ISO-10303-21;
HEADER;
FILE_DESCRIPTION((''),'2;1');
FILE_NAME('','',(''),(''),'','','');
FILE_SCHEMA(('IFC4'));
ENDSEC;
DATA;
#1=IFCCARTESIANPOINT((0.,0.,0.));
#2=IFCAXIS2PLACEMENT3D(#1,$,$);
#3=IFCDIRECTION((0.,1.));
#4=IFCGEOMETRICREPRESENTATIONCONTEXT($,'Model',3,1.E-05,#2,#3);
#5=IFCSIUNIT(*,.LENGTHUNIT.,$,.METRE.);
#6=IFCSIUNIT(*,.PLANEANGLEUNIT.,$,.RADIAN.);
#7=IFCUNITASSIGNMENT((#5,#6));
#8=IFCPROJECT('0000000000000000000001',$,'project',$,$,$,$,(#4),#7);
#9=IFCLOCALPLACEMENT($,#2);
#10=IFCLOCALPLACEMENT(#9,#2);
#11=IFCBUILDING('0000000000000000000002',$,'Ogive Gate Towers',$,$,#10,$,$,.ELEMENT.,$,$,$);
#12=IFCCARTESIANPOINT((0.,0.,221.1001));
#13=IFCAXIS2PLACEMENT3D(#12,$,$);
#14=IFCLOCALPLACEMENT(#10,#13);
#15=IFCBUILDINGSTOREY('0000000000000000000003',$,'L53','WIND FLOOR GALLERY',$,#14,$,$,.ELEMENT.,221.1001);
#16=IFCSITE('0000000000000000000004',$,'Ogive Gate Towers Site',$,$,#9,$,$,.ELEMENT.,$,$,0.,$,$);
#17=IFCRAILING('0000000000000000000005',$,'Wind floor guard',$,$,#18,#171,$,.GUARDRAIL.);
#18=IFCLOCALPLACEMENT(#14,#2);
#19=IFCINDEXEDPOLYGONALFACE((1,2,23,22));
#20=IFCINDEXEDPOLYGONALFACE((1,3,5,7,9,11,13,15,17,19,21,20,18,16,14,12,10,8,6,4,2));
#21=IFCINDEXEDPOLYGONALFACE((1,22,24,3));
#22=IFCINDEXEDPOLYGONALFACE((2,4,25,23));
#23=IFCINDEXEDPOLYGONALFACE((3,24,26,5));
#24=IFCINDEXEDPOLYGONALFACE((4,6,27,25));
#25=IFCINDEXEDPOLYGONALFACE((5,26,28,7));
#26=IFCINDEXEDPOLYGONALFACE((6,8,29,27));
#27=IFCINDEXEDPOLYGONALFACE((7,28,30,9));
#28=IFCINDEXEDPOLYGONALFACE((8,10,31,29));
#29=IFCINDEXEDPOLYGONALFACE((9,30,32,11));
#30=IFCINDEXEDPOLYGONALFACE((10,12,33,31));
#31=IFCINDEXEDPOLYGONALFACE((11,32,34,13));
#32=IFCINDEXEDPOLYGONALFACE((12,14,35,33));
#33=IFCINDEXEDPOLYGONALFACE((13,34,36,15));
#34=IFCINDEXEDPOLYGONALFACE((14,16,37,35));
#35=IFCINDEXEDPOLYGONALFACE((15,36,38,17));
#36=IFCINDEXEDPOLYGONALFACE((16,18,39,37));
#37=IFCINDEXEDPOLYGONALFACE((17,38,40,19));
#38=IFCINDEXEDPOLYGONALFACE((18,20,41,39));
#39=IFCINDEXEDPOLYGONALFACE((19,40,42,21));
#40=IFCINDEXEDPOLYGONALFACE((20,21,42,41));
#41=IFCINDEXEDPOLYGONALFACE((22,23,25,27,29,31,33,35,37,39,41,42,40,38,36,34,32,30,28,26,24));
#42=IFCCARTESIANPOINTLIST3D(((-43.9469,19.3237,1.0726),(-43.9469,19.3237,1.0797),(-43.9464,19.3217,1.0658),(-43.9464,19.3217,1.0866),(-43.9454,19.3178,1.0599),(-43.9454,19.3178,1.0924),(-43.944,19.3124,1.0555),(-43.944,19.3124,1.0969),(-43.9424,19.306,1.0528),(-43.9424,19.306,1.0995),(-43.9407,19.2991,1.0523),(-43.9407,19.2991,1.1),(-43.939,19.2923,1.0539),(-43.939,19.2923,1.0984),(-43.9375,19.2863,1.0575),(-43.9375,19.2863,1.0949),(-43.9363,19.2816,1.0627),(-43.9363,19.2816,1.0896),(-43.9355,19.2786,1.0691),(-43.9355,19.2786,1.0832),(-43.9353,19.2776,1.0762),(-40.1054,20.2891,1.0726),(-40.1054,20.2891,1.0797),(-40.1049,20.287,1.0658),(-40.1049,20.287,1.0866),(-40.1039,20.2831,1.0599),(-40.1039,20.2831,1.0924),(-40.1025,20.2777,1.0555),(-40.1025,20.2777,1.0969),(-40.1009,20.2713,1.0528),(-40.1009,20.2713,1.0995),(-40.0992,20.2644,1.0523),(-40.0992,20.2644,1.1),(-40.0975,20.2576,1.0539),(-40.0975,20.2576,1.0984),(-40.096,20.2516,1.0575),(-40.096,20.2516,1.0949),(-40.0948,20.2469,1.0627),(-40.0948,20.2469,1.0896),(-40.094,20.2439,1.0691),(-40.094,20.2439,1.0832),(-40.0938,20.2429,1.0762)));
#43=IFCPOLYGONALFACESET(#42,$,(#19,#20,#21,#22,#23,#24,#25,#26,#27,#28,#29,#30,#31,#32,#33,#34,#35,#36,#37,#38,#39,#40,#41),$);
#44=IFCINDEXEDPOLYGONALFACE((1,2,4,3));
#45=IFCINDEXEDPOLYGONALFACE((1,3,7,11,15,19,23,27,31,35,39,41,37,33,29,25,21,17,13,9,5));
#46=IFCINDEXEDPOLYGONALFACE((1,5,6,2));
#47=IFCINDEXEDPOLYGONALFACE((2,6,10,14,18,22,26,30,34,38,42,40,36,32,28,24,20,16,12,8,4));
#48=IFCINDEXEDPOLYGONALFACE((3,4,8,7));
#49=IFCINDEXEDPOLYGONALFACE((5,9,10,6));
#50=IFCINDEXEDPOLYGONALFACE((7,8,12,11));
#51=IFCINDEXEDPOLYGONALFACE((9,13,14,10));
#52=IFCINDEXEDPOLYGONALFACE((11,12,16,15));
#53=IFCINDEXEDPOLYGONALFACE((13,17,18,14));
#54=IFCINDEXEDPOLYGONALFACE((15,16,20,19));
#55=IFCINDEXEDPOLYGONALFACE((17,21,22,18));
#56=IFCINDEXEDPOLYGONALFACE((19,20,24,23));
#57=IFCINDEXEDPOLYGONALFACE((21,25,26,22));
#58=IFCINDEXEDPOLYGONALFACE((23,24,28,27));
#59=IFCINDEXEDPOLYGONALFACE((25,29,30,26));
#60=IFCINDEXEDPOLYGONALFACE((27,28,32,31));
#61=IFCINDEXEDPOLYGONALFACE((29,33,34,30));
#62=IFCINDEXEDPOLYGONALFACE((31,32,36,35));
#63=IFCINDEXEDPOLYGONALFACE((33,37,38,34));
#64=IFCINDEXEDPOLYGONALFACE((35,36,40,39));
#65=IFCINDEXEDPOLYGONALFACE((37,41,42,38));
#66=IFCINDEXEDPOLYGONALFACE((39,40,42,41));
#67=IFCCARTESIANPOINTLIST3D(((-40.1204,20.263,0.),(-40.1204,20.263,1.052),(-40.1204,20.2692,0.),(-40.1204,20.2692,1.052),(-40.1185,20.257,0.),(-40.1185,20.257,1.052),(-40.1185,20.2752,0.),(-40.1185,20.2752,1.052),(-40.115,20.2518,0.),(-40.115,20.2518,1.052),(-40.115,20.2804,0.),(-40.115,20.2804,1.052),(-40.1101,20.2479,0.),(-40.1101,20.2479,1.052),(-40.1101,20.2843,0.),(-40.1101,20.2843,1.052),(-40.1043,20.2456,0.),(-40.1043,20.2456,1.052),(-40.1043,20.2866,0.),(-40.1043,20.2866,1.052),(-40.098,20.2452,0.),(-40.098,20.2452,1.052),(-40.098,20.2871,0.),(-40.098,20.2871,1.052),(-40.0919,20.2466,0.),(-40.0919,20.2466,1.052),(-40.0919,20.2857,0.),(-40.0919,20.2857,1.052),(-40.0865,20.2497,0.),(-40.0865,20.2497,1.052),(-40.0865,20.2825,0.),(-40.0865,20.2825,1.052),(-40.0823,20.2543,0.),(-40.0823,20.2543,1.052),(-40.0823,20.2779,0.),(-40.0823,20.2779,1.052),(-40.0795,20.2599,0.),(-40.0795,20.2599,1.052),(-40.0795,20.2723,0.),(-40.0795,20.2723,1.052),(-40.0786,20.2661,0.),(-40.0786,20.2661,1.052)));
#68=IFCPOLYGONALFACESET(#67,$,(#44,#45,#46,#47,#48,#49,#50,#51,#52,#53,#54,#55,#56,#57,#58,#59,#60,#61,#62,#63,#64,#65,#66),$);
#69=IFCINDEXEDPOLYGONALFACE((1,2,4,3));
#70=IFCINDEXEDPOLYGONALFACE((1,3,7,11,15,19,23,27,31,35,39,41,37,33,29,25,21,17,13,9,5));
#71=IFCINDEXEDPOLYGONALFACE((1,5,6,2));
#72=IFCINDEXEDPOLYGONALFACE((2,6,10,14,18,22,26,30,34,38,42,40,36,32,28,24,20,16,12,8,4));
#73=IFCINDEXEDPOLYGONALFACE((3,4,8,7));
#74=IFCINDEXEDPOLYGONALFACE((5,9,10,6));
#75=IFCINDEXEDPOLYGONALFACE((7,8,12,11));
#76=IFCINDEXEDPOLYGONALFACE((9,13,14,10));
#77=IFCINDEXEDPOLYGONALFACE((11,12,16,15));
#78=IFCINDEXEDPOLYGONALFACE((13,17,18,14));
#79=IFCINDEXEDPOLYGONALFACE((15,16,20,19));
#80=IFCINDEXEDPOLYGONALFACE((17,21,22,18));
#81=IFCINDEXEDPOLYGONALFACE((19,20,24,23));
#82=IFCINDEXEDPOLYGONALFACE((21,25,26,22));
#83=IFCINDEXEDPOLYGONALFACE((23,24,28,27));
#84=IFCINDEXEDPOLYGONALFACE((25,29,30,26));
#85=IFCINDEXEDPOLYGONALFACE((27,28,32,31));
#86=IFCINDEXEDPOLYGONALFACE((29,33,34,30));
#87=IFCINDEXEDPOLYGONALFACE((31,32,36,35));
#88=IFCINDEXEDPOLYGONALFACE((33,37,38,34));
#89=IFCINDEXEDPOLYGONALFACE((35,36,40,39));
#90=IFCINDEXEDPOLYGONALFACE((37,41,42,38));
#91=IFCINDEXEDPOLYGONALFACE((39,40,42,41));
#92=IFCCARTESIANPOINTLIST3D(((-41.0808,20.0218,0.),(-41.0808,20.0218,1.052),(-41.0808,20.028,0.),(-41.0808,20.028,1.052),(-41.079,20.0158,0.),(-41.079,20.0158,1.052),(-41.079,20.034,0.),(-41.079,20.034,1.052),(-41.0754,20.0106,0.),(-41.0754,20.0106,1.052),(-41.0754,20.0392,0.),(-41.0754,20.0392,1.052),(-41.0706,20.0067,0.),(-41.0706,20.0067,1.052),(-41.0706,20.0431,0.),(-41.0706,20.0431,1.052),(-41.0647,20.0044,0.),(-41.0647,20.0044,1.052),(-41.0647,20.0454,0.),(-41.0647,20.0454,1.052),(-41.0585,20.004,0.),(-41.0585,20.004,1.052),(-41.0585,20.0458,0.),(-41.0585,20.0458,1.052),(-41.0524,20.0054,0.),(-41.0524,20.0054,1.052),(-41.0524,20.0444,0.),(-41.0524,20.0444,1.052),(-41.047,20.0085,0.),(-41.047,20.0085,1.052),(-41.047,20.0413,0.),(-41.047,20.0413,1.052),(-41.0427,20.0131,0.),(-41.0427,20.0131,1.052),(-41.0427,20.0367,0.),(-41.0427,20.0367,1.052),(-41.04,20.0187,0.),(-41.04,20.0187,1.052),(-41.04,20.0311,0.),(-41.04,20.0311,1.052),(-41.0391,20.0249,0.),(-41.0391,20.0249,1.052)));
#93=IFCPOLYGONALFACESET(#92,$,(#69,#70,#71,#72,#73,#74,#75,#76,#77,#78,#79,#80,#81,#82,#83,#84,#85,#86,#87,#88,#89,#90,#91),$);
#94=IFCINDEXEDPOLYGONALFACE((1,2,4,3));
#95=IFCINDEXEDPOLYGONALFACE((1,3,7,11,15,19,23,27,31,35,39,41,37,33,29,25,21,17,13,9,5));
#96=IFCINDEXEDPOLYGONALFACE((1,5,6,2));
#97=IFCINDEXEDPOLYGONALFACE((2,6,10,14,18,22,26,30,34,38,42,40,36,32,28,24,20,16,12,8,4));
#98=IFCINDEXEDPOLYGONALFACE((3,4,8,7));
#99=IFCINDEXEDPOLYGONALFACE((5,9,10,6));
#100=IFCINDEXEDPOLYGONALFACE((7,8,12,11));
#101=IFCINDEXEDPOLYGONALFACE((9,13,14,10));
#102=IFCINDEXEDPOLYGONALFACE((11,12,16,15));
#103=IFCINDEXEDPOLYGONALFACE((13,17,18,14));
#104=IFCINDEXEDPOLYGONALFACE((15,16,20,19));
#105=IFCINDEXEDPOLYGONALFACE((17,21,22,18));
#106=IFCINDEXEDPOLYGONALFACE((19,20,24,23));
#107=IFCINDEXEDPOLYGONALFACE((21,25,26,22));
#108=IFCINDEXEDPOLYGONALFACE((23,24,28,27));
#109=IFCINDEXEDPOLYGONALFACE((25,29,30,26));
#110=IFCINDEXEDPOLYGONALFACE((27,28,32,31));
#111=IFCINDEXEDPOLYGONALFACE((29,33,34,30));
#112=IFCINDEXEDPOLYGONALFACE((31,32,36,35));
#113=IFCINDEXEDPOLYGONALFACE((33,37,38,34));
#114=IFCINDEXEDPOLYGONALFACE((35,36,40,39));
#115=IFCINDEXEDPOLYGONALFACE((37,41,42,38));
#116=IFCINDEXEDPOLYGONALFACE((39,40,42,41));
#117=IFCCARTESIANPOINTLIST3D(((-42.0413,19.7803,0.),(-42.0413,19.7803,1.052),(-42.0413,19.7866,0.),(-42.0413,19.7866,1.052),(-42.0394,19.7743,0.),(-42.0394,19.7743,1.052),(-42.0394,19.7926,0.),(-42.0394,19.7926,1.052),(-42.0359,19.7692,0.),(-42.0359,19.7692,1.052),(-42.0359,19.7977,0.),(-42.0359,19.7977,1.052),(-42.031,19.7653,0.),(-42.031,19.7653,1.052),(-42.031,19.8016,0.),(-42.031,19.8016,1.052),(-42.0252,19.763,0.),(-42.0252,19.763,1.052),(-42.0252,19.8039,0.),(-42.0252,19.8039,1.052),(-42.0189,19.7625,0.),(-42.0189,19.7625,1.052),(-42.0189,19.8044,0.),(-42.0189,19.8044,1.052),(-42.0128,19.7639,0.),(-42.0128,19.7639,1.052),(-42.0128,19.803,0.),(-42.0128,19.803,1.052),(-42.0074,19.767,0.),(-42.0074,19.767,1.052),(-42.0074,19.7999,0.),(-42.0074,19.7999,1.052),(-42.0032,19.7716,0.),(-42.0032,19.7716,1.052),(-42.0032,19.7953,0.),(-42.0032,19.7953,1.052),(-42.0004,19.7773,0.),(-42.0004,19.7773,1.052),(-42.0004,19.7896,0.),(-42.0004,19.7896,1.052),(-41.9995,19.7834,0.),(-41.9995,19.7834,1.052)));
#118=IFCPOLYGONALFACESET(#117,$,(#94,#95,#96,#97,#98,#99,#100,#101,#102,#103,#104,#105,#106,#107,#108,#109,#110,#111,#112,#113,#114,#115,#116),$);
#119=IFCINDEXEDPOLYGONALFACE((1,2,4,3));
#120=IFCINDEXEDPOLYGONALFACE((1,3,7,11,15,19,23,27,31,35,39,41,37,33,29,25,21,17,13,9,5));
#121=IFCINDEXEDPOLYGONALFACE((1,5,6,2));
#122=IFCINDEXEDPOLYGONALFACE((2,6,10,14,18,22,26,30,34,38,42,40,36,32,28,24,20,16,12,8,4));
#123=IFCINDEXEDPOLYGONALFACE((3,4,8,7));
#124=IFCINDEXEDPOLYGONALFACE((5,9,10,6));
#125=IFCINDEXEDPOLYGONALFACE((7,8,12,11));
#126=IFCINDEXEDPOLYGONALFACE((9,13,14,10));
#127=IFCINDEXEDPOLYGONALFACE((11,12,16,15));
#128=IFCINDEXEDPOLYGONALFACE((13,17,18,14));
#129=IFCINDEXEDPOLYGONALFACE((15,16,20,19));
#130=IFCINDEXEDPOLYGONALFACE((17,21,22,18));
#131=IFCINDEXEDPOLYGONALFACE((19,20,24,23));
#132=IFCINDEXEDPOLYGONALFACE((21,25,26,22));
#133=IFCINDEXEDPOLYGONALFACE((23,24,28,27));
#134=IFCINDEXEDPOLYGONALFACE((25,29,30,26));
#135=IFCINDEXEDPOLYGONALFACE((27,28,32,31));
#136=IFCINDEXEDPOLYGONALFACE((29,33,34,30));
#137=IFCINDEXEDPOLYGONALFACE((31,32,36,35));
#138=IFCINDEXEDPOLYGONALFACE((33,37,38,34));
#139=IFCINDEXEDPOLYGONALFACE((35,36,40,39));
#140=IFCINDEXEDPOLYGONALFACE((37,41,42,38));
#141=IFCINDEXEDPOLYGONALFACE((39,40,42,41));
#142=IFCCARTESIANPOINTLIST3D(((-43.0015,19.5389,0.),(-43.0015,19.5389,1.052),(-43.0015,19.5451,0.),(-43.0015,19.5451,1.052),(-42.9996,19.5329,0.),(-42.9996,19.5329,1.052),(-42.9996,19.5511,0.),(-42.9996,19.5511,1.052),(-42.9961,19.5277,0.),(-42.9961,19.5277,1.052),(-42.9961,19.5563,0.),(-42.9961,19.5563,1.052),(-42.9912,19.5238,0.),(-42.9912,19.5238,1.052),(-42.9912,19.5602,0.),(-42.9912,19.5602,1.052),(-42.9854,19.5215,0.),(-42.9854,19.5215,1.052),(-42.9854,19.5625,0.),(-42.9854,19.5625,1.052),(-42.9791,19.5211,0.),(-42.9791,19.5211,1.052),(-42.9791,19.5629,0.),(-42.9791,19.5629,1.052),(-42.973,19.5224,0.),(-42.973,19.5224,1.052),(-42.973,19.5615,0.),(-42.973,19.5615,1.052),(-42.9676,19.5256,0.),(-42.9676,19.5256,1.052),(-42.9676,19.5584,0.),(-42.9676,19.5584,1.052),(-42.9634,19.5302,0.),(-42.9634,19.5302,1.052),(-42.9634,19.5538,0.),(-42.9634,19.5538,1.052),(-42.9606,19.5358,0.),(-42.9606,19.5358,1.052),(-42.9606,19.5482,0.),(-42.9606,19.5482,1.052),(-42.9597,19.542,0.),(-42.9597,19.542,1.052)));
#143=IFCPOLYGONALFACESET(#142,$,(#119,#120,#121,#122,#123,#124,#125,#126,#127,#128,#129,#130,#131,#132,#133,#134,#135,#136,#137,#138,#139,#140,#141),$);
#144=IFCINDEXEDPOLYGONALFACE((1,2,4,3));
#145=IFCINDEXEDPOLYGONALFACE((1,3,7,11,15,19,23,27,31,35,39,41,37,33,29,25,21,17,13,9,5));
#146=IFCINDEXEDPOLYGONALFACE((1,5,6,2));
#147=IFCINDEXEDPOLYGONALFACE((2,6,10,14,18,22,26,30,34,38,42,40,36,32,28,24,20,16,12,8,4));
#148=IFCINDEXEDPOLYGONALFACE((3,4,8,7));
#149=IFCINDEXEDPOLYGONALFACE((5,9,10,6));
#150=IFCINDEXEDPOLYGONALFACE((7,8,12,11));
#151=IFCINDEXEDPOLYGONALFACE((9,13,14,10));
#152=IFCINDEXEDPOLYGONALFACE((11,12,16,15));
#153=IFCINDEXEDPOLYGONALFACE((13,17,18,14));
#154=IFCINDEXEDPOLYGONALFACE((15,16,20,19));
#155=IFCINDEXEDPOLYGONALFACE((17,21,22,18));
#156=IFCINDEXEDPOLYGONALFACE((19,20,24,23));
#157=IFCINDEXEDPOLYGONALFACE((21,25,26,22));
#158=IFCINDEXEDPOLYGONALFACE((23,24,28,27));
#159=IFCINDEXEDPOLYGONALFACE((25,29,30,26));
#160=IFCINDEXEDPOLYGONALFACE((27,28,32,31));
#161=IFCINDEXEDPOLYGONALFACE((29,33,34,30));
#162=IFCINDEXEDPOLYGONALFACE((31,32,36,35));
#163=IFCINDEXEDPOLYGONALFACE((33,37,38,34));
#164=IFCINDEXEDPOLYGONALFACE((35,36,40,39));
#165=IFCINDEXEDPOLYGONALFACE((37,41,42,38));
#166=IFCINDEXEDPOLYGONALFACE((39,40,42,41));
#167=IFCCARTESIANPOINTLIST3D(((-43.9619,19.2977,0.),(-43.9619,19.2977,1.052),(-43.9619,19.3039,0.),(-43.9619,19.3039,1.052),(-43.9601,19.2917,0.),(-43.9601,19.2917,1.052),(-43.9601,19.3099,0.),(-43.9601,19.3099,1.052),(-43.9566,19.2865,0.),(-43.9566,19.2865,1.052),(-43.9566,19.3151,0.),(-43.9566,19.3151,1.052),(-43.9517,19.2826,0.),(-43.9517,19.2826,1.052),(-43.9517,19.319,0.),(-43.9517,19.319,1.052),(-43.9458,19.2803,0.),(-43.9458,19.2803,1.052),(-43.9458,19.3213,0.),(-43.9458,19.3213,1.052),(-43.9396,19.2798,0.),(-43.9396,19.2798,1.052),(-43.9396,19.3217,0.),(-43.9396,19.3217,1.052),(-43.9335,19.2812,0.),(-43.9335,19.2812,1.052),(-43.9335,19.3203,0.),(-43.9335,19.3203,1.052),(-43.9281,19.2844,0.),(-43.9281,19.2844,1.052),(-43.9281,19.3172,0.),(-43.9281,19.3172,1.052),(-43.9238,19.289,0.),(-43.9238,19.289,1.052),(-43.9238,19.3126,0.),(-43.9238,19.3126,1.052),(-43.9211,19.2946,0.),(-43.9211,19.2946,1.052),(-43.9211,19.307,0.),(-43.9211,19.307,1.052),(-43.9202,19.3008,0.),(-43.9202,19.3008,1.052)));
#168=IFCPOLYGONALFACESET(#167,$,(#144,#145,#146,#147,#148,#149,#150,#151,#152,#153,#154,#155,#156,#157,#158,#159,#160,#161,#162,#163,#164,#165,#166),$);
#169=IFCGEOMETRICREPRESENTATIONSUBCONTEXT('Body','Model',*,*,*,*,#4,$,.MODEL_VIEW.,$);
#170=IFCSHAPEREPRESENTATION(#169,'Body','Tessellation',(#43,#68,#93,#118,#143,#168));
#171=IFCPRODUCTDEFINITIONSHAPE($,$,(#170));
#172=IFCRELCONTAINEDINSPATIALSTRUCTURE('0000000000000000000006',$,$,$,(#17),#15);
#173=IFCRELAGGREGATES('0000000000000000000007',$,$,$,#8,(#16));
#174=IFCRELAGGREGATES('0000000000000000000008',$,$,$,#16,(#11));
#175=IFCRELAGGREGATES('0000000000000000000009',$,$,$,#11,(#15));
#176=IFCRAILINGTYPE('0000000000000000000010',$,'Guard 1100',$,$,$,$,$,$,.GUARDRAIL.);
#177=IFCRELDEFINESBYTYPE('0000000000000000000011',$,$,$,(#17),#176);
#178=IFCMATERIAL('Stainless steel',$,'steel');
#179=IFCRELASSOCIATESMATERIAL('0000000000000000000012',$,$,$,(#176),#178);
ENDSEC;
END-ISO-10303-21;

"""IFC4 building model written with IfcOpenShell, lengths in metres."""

from ifc_helpers import new_model, si_unit, direction, frame, origin, origin_2d, place, context, subcontext, project, spatial, circle, extrude, material, type_object, element, save


model = new_model("IFC4")

# Units and contexts
model_context = context("Model", 3, precision=1e-05, world=origin(), true_north=direction((0.0, 1.0)))
body_context = subcontext(model_context, "Body", "Model", "MODEL_VIEW")
ifc_project = project(units=[si_unit("LENGTHUNIT", "METRE"), si_unit("PLANEANGLEUNIT", "RADIAN")], contexts=[model_context])

# Site, building, storey
site_placement = place(None, origin())
site = spatial("IfcSite", under=ifc_project, at=site_placement, Name="Ogive Gate Towers Site", CompositionType="ELEMENT", RefElevation=0.0)
building_placement = place(site_placement, origin())
building = spatial("IfcBuilding", under=site, at=building_placement, Name="Ogive Gate Towers", CompositionType="ELEMENT")
storey_placement = place(building_placement, frame((0.0, 0.0, 221.1001)))
storey = spatial("IfcBuildingStorey", under=building, at=storey_placement, Name="L53", Description="WIND FLOOR GALLERY", CompositionType="ELEMENT", Elevation=221.1001)

# Railing
ifc_material_1 = material(Name="Stainless steel", Category="steel")
railing_type = type_object("IfcRailingType", Name="Guard 1100", PredefinedType="GUARDRAIL", material=ifc_material_1)
railing_1_placement = place(storey_placement, frame((-40.0996, 20.2661, 0.0)))
element("IfcRailing", 1, at=railing_1_placement, inside=storey, type_object=railing_type, Name="Wind floor guard", PredefinedType="GUARDRAIL", context=body_context, shape_type="SweptSolid", body=[
    extrude(circle(Radius=0.0239, at=origin_2d()), frame((0.0, 0.0, 1.0762), z_axis=(-0.969848, -0.24371, 0.0), x_axis=(0.24371, -0.969848, 0.0)), (0.0, 0.0, 1.0), 3.9609),
    extrude(circle(Radius=0.021, at=origin_2d()), origin(), (0.0, 0.0, 1.0), 1.052),
    extrude(circle(Radius=0.021, at=origin_2d()), frame((-0.9604, -0.2412, 0.0)), (0.0, 0.0, 1.0), 1.052),
    extrude(circle(Radius=0.021, at=origin_2d()), frame((-1.9209, -0.4827, 0.0)), (0.0, 0.0, 1.0), 1.052),
    extrude(circle(Radius=0.021, at=origin_2d()), frame((-2.8811, -0.7241, 0.0)), (0.0, 0.0, 1.0), 1.052),
    extrude(circle(Radius=0.021, at=origin_2d()), frame((-3.8416, -0.9653, 0.0)), (0.0, 0.0, 1.0), 1.052),
])

save(model, "model.ifc")
